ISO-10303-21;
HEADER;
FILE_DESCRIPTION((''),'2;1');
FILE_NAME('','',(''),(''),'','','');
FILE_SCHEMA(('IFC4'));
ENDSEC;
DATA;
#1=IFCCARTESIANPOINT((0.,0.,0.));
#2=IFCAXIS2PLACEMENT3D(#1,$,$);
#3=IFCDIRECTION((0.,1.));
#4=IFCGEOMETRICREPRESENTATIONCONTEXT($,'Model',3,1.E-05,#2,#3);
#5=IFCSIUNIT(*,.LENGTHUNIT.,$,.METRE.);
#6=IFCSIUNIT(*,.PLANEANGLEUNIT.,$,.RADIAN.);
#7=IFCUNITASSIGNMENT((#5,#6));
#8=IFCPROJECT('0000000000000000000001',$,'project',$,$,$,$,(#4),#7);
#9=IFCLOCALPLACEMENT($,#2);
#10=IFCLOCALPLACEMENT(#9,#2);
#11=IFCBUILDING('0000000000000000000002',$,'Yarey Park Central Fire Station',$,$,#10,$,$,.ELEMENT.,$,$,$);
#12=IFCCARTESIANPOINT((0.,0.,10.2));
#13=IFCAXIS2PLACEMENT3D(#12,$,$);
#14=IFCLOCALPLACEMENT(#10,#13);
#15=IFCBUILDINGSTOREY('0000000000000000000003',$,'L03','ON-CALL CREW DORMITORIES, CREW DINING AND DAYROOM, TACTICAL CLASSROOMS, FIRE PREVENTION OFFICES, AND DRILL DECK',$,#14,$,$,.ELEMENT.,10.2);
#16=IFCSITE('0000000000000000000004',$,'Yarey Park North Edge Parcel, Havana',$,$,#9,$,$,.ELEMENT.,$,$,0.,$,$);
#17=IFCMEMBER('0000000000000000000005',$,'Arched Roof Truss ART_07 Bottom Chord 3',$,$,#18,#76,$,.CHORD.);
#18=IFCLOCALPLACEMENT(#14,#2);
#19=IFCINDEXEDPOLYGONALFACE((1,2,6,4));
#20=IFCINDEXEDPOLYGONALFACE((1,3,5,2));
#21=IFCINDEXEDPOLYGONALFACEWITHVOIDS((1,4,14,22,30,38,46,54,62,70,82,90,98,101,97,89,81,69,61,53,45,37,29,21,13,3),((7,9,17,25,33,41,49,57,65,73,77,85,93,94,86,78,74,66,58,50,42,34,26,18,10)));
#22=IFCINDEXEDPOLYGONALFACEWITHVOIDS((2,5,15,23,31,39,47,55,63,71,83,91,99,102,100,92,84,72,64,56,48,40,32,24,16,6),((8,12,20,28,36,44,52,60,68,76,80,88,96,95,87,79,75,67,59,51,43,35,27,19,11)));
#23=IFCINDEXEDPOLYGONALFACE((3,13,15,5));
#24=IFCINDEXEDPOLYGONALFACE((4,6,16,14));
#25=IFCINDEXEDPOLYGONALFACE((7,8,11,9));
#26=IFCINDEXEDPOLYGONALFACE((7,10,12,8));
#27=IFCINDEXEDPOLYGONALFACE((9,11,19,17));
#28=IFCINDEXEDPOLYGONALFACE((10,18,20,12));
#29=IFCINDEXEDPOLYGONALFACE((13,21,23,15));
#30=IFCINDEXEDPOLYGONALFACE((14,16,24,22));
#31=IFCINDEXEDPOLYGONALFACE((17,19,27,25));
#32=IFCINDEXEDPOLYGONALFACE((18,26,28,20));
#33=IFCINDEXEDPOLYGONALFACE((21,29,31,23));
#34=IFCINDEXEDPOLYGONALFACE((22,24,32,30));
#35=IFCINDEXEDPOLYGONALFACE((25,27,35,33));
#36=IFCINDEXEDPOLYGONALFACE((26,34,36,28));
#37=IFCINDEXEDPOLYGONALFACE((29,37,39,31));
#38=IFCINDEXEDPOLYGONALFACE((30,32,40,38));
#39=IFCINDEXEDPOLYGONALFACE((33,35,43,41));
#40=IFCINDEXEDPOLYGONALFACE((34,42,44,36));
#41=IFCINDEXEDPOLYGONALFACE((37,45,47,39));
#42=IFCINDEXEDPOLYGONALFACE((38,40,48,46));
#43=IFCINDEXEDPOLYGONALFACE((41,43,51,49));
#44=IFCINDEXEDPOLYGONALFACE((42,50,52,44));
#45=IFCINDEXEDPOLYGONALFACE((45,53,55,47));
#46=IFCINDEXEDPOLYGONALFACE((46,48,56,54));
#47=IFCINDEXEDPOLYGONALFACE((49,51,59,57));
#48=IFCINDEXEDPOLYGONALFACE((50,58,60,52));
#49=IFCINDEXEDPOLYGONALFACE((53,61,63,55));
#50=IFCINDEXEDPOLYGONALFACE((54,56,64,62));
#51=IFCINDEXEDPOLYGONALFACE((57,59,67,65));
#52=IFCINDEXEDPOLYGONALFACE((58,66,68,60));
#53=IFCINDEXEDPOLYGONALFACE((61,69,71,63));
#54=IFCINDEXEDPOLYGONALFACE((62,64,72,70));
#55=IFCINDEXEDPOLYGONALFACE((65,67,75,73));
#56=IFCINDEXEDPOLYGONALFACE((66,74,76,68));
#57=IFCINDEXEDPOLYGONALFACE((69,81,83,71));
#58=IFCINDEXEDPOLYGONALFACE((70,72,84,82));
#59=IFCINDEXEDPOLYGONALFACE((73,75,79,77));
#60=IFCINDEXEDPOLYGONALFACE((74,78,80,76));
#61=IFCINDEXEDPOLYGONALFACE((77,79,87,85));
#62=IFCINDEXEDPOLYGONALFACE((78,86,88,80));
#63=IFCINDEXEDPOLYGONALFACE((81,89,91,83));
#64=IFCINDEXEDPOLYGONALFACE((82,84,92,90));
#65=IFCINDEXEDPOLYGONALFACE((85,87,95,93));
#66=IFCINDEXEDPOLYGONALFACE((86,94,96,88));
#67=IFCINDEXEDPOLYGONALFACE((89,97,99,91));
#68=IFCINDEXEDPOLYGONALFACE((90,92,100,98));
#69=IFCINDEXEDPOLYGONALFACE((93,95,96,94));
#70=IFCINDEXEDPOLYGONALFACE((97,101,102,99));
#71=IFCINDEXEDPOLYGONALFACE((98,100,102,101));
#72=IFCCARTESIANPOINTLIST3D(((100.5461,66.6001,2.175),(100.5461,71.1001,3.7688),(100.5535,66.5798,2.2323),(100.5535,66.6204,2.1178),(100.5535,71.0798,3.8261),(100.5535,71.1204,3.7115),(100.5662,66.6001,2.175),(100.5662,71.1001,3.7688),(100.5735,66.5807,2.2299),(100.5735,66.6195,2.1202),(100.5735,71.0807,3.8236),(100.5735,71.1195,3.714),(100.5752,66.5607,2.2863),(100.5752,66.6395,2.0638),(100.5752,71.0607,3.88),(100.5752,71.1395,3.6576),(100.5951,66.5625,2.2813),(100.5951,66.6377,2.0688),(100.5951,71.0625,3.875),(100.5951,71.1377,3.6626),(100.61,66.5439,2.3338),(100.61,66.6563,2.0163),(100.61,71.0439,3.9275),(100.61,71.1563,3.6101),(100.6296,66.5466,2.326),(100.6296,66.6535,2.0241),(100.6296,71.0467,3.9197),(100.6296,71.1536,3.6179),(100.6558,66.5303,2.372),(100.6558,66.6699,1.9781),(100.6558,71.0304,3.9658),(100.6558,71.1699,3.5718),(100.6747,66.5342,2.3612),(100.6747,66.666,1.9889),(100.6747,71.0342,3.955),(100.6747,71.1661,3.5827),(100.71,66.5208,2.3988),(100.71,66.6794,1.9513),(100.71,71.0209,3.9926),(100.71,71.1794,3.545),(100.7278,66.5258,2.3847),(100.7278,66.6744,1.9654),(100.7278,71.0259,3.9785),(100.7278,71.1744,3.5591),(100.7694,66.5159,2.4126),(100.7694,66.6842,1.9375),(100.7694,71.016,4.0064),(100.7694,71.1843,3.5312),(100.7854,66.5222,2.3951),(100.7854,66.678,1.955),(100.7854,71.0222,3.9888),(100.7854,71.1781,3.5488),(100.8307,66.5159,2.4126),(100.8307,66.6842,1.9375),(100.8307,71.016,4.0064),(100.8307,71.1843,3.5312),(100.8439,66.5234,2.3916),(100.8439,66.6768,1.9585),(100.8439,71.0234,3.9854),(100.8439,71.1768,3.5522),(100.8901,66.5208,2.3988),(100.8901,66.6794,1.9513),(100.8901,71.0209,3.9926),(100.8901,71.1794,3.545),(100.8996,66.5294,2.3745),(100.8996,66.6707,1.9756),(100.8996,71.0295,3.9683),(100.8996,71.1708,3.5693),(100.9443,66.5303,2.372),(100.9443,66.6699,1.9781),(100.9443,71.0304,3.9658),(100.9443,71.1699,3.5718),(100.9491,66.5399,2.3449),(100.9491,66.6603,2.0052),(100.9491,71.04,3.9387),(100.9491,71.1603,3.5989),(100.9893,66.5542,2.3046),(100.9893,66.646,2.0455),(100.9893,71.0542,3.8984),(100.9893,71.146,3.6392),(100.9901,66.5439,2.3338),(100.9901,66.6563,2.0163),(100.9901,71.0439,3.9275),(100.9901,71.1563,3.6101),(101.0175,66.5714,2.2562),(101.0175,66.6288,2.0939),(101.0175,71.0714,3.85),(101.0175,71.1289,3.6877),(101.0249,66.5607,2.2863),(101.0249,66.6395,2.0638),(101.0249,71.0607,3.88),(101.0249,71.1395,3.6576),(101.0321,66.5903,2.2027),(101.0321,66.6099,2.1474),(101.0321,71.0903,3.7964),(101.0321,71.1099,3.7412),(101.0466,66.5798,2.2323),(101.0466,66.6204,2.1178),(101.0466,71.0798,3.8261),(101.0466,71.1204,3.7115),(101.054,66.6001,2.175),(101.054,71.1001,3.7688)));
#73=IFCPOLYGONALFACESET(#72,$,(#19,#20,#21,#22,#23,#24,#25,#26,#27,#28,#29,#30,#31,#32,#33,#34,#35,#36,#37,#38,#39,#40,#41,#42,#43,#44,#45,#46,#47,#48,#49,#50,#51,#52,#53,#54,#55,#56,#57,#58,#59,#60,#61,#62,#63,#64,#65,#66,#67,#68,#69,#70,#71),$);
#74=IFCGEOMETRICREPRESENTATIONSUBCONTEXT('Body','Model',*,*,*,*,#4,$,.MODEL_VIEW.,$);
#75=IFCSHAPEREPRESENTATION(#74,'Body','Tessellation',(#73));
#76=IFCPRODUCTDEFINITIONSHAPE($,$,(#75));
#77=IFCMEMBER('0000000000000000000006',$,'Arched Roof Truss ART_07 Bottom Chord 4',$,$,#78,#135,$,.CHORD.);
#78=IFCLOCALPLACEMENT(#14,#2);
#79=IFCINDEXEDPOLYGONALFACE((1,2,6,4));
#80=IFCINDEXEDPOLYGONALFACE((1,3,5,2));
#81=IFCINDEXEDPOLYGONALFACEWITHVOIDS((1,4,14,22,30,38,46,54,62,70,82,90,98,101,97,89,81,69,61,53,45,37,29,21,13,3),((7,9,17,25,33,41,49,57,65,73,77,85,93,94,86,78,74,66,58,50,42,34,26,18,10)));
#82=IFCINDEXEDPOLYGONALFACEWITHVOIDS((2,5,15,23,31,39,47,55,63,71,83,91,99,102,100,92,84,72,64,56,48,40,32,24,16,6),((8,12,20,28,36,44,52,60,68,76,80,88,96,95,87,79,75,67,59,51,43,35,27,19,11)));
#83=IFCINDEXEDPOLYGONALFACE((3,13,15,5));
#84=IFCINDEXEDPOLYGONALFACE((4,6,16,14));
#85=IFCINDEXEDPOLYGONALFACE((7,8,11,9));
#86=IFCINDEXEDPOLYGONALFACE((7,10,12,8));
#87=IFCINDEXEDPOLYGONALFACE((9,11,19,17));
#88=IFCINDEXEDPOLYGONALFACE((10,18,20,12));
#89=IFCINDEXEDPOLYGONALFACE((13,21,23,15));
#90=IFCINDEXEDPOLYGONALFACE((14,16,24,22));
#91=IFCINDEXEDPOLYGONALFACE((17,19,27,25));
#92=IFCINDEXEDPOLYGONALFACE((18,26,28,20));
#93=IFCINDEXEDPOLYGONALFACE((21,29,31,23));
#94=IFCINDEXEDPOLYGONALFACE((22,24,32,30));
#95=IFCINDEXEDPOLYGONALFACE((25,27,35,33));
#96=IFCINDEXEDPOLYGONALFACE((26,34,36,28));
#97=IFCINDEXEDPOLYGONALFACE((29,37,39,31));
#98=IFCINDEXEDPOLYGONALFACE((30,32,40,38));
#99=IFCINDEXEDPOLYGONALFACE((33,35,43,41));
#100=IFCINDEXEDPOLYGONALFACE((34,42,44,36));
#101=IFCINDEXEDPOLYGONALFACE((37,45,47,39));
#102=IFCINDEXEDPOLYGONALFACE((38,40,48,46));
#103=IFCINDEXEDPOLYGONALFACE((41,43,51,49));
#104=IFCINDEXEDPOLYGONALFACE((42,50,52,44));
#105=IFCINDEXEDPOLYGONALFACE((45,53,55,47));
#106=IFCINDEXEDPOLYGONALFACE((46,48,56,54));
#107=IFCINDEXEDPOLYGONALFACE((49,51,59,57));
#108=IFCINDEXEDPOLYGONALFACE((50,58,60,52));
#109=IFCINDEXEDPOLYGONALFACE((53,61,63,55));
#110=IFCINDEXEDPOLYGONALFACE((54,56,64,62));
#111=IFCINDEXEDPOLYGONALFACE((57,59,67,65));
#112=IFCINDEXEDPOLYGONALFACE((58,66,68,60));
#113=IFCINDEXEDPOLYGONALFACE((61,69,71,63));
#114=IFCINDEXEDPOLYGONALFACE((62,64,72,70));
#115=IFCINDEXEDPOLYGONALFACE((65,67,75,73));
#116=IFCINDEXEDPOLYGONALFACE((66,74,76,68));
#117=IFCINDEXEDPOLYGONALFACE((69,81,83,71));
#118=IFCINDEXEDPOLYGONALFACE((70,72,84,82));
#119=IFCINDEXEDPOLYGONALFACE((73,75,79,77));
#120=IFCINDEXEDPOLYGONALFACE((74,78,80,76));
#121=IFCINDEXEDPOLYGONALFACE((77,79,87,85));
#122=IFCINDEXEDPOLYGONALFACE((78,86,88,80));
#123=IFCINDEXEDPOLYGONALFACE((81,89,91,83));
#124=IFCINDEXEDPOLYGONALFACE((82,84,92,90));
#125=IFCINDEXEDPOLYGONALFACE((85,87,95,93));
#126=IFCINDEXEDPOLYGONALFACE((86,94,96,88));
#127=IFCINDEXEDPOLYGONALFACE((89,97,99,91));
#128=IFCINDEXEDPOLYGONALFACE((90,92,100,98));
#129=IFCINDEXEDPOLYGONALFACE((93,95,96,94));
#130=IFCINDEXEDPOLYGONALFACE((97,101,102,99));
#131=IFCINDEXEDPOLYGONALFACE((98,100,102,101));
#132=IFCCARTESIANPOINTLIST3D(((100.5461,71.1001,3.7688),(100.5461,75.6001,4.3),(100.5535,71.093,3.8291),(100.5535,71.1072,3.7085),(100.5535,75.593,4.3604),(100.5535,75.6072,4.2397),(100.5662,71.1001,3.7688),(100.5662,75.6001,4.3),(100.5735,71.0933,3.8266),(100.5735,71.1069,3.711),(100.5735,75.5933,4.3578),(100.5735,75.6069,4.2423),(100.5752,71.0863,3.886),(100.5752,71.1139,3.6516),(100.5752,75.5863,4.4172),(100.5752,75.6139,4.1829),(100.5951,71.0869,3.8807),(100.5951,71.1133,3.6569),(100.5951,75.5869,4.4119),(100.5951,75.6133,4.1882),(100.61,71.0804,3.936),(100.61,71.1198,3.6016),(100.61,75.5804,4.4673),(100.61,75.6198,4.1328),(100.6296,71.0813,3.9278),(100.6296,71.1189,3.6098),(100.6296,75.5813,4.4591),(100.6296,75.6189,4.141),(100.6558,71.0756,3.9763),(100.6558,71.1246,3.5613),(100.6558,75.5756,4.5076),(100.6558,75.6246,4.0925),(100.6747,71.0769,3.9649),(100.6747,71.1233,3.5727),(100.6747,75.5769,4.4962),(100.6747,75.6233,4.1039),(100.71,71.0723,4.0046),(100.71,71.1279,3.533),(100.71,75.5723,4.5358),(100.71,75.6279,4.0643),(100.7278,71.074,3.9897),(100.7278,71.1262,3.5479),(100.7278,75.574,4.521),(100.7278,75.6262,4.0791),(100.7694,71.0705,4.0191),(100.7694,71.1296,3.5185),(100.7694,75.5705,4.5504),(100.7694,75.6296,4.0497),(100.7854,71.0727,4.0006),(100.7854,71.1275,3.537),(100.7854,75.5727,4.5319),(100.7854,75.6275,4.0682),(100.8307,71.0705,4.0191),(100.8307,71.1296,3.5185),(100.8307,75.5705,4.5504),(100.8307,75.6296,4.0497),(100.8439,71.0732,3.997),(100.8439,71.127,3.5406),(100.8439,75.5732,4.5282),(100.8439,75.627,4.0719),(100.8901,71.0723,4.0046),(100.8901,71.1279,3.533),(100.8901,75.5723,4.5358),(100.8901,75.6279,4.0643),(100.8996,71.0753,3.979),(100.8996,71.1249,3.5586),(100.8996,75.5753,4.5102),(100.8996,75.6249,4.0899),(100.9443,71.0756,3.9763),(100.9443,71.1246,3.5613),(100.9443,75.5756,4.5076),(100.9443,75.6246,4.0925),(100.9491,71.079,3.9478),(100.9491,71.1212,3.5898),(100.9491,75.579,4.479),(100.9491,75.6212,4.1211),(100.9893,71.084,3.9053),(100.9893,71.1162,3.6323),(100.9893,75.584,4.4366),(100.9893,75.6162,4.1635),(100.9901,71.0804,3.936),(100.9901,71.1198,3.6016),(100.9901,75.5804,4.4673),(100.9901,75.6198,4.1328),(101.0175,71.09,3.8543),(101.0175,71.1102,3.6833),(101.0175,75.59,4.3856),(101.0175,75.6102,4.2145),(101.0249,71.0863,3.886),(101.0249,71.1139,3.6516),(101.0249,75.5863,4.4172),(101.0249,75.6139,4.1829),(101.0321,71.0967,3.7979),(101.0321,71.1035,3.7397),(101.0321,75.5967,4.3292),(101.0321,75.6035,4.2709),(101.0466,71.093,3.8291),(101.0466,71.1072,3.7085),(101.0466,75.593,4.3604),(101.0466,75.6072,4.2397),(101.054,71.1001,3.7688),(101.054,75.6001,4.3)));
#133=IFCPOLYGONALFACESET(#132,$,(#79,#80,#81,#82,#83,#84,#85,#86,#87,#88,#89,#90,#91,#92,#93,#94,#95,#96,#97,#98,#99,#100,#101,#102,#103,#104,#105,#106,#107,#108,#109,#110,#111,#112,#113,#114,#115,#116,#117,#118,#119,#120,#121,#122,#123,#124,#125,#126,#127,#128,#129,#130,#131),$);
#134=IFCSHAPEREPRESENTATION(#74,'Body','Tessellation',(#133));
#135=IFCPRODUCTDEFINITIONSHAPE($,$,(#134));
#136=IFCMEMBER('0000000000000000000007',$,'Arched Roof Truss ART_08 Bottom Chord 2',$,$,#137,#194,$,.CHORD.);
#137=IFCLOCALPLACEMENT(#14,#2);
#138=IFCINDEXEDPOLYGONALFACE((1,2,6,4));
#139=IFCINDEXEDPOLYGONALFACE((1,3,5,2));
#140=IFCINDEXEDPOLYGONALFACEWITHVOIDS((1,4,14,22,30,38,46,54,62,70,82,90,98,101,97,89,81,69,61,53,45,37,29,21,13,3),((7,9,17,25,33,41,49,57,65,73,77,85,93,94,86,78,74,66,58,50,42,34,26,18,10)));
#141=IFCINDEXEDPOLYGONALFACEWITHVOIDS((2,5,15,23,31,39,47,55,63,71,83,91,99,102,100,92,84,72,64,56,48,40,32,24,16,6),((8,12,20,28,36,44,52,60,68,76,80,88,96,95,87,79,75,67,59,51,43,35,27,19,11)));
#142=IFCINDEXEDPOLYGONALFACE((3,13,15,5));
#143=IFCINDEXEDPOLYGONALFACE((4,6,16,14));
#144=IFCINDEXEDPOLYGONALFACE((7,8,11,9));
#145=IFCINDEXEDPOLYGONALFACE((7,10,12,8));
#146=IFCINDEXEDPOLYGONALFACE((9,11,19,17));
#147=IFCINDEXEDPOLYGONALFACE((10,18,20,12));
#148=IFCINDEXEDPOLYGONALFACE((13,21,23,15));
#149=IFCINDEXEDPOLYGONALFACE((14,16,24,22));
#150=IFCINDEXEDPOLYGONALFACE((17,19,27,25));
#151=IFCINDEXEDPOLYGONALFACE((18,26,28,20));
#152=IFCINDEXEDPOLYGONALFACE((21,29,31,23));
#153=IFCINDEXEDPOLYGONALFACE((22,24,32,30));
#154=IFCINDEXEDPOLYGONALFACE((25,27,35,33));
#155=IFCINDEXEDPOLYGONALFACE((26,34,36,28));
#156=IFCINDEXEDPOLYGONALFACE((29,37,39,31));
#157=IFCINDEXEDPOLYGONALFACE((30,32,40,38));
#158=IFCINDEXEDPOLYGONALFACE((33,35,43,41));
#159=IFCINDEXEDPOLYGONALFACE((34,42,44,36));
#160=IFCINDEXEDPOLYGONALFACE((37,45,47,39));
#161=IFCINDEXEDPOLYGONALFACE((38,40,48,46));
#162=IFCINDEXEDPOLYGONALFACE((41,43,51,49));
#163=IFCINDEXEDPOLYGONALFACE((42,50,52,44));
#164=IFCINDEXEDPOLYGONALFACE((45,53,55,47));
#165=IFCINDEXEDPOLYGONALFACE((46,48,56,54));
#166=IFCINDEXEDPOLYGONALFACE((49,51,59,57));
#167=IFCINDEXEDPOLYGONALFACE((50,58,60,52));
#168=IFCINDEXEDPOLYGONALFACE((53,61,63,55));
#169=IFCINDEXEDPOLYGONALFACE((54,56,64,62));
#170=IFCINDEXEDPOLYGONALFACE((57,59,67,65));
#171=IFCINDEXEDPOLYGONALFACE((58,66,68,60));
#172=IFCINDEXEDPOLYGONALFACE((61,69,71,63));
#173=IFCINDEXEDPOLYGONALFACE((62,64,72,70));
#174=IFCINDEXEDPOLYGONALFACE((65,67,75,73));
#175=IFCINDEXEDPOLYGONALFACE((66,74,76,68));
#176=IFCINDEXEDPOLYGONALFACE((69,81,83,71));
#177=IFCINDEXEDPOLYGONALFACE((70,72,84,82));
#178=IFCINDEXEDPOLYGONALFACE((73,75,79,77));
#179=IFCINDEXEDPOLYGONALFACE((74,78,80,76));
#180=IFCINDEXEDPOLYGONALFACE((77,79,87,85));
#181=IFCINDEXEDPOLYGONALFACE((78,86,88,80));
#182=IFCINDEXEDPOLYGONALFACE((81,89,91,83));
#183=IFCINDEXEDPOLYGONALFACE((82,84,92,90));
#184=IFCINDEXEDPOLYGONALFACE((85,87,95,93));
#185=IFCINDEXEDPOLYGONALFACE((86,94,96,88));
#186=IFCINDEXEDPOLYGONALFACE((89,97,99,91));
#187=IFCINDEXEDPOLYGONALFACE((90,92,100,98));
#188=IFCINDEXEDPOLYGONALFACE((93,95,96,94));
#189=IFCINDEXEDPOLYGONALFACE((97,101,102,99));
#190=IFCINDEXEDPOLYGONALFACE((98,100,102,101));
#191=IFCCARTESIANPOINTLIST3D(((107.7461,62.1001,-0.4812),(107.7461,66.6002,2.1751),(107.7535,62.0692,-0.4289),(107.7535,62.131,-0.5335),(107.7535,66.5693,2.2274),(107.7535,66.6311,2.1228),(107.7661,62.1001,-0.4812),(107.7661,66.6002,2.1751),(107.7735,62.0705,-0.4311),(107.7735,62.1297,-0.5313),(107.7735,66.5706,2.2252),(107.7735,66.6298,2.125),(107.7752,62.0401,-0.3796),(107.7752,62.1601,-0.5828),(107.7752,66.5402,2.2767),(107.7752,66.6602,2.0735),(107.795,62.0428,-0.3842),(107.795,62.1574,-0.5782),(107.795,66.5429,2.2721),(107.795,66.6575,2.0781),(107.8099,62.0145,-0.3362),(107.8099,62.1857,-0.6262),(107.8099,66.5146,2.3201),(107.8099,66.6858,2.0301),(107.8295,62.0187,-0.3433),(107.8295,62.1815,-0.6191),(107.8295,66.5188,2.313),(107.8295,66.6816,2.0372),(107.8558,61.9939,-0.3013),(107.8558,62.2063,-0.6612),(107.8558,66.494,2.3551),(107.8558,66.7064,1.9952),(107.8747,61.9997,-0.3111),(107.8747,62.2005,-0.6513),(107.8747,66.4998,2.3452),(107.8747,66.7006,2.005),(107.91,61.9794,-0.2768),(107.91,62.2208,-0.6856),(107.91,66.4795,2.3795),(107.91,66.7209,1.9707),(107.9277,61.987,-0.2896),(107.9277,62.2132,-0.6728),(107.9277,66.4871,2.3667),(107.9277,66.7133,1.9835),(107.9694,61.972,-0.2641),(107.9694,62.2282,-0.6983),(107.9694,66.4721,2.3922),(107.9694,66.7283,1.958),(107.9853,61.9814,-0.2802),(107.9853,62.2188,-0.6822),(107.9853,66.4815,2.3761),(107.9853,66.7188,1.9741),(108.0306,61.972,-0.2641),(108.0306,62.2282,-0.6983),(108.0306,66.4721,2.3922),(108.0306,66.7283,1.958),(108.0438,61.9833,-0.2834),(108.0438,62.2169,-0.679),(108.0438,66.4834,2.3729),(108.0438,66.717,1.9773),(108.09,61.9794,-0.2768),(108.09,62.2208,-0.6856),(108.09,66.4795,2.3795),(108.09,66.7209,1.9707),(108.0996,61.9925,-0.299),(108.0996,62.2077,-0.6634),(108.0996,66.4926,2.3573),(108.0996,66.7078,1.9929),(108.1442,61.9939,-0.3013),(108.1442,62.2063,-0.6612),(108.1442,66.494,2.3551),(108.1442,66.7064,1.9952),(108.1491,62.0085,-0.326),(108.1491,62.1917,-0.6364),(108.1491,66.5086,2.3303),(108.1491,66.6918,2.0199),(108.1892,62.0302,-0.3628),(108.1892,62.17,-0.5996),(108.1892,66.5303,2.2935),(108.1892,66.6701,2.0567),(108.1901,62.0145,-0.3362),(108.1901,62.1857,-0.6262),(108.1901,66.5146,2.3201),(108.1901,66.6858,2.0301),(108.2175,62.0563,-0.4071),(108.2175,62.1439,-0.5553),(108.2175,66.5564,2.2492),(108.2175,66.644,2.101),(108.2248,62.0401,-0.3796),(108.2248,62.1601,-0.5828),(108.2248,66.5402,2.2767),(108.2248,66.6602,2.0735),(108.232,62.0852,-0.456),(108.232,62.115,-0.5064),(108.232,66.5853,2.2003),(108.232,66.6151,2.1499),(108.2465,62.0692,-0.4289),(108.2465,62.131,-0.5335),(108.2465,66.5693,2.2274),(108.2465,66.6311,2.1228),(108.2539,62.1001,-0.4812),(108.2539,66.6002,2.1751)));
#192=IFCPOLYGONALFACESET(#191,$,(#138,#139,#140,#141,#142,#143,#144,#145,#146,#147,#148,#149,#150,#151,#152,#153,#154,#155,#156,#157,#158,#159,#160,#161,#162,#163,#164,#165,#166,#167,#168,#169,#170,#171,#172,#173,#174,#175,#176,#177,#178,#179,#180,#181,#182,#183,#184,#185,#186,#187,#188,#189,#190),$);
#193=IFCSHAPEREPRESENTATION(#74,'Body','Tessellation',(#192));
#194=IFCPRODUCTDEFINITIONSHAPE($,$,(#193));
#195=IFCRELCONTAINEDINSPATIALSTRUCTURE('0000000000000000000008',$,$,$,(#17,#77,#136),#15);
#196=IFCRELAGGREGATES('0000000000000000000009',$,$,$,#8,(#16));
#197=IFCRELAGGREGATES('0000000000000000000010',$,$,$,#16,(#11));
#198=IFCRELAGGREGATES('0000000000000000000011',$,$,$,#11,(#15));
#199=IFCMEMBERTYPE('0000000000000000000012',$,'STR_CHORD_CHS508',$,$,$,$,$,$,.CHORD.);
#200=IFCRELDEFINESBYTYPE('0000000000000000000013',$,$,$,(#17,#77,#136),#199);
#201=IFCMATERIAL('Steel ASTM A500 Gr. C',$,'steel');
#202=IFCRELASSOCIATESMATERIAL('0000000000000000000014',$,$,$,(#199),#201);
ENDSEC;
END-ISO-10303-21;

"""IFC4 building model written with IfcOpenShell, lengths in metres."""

from ifc_helpers import new_model, si_unit, direction, frame, origin, origin_2d, place, context, subcontext, project, spatial, hollow_circle, extrude, material, material_profile, profile_set, type_object, element, save


model = new_model("IFC4")

# Units and contexts
model_context = context("Model", 3, precision=1e-05, world=origin(), true_north=direction((0.0, 1.0)))
body_context = subcontext(model_context, "Body", "Model", "MODEL_VIEW")
ifc_project = project(units=[si_unit("LENGTHUNIT", "METRE"), si_unit("PLANEANGLEUNIT", "RADIAN")], contexts=[model_context])

# Site, building, storey
site_placement = place(None, origin())
site = spatial("IfcSite", under=ifc_project, at=site_placement, Name="Yarey Park North Edge Parcel, Havana", CompositionType="ELEMENT", RefElevation=0.0)
building_placement = place(site_placement, origin())
building = spatial("IfcBuilding", under=site, at=building_placement, Name="Yarey Park Central Fire Station", CompositionType="ELEMENT")
storey_placement = place(building_placement, frame((0.0, 0.0, 10.2)))
storey = spatial("IfcBuildingStorey", under=building, at=storey_placement, Name="L03", Description="ON-CALL CREW DORMITORIES, CREW DINING AND DAYROOM, TACTICAL CLASSROOMS, FIRE PREVENTION OFFICES, AND DRILL DECK", CompositionType="ELEMENT", Elevation=10.2)

# Members
ifc_material_1 = material(Name="Steel ASTM A500 Gr. C", Category="steel")
ifc_material_profile_1 = material_profile(ifc_material_1, hollow_circle(Radius=0.2539, WallThickness=0.02, at=origin_2d()), Name="CHS 508x20")
ifc_profile_set_1 = profile_set([ifc_material_profile_1], Name="Steel ASTM A500 Gr. C")
member_type_1 = type_object("IfcMemberType", Name="STR_CHORD_CHS508", PredefinedType="CHORD", material=ifc_profile_set_1)
member_1_placement = place(storey_placement, frame((100.8, 66.6001, 2.175), z_axis=(0.0, 0.942627, 0.333847), x_axis=(-1.0, 0.0, 0.0)))
element("IfcMember", 1, at=member_1_placement, inside=storey, type_object=member_type_1, Name="Arched Roof Truss ART_07 Bottom Chord 3", PredefinedType="CHORD", context=body_context, shape_type="SweptSolid", body=[
    extrude(hollow_circle(Radius=0.2539, WallThickness=0.02, at=origin_2d()), origin(), (0.0, 0.0, 1.0), 4.7739),
])
member_2_placement = place(storey_placement, frame((100.8, 71.1001, 3.7688), z_axis=(0.0, 0.993103, 0.117241), x_axis=(-1.0, 0.0, 0.0)))
element("IfcMember", 2, at=member_2_placement, inside=storey, type_object=member_type_1, Name="Arched Roof Truss ART_07 Bottom Chord 4", PredefinedType="CHORD", context=body_context, shape_type="SweptSolid", body=[
    extrude(hollow_circle(Radius=0.2539, WallThickness=0.02, at=origin_2d()), origin(), (0.0, 0.0, 1.0), 4.5312),
])
member_3_placement = place(storey_placement, frame((108.0, 62.1001, -0.4812), z_axis=(0.0, 0.861165, 0.508326), x_axis=(-1.0, 0.0, 0.0)))
element("IfcMember", 3, at=member_3_placement, inside=storey, type_object=member_type_1, Name="Arched Roof Truss ART_08 Bottom Chord 2", PredefinedType="CHORD", context=body_context, shape_type="SweptSolid", body=[
    extrude(hollow_circle(Radius=0.2539, WallThickness=0.02, at=origin_2d()), origin(), (0.0, 0.0, 1.0), 5.2256),
])

save(model, "model.ifc")
